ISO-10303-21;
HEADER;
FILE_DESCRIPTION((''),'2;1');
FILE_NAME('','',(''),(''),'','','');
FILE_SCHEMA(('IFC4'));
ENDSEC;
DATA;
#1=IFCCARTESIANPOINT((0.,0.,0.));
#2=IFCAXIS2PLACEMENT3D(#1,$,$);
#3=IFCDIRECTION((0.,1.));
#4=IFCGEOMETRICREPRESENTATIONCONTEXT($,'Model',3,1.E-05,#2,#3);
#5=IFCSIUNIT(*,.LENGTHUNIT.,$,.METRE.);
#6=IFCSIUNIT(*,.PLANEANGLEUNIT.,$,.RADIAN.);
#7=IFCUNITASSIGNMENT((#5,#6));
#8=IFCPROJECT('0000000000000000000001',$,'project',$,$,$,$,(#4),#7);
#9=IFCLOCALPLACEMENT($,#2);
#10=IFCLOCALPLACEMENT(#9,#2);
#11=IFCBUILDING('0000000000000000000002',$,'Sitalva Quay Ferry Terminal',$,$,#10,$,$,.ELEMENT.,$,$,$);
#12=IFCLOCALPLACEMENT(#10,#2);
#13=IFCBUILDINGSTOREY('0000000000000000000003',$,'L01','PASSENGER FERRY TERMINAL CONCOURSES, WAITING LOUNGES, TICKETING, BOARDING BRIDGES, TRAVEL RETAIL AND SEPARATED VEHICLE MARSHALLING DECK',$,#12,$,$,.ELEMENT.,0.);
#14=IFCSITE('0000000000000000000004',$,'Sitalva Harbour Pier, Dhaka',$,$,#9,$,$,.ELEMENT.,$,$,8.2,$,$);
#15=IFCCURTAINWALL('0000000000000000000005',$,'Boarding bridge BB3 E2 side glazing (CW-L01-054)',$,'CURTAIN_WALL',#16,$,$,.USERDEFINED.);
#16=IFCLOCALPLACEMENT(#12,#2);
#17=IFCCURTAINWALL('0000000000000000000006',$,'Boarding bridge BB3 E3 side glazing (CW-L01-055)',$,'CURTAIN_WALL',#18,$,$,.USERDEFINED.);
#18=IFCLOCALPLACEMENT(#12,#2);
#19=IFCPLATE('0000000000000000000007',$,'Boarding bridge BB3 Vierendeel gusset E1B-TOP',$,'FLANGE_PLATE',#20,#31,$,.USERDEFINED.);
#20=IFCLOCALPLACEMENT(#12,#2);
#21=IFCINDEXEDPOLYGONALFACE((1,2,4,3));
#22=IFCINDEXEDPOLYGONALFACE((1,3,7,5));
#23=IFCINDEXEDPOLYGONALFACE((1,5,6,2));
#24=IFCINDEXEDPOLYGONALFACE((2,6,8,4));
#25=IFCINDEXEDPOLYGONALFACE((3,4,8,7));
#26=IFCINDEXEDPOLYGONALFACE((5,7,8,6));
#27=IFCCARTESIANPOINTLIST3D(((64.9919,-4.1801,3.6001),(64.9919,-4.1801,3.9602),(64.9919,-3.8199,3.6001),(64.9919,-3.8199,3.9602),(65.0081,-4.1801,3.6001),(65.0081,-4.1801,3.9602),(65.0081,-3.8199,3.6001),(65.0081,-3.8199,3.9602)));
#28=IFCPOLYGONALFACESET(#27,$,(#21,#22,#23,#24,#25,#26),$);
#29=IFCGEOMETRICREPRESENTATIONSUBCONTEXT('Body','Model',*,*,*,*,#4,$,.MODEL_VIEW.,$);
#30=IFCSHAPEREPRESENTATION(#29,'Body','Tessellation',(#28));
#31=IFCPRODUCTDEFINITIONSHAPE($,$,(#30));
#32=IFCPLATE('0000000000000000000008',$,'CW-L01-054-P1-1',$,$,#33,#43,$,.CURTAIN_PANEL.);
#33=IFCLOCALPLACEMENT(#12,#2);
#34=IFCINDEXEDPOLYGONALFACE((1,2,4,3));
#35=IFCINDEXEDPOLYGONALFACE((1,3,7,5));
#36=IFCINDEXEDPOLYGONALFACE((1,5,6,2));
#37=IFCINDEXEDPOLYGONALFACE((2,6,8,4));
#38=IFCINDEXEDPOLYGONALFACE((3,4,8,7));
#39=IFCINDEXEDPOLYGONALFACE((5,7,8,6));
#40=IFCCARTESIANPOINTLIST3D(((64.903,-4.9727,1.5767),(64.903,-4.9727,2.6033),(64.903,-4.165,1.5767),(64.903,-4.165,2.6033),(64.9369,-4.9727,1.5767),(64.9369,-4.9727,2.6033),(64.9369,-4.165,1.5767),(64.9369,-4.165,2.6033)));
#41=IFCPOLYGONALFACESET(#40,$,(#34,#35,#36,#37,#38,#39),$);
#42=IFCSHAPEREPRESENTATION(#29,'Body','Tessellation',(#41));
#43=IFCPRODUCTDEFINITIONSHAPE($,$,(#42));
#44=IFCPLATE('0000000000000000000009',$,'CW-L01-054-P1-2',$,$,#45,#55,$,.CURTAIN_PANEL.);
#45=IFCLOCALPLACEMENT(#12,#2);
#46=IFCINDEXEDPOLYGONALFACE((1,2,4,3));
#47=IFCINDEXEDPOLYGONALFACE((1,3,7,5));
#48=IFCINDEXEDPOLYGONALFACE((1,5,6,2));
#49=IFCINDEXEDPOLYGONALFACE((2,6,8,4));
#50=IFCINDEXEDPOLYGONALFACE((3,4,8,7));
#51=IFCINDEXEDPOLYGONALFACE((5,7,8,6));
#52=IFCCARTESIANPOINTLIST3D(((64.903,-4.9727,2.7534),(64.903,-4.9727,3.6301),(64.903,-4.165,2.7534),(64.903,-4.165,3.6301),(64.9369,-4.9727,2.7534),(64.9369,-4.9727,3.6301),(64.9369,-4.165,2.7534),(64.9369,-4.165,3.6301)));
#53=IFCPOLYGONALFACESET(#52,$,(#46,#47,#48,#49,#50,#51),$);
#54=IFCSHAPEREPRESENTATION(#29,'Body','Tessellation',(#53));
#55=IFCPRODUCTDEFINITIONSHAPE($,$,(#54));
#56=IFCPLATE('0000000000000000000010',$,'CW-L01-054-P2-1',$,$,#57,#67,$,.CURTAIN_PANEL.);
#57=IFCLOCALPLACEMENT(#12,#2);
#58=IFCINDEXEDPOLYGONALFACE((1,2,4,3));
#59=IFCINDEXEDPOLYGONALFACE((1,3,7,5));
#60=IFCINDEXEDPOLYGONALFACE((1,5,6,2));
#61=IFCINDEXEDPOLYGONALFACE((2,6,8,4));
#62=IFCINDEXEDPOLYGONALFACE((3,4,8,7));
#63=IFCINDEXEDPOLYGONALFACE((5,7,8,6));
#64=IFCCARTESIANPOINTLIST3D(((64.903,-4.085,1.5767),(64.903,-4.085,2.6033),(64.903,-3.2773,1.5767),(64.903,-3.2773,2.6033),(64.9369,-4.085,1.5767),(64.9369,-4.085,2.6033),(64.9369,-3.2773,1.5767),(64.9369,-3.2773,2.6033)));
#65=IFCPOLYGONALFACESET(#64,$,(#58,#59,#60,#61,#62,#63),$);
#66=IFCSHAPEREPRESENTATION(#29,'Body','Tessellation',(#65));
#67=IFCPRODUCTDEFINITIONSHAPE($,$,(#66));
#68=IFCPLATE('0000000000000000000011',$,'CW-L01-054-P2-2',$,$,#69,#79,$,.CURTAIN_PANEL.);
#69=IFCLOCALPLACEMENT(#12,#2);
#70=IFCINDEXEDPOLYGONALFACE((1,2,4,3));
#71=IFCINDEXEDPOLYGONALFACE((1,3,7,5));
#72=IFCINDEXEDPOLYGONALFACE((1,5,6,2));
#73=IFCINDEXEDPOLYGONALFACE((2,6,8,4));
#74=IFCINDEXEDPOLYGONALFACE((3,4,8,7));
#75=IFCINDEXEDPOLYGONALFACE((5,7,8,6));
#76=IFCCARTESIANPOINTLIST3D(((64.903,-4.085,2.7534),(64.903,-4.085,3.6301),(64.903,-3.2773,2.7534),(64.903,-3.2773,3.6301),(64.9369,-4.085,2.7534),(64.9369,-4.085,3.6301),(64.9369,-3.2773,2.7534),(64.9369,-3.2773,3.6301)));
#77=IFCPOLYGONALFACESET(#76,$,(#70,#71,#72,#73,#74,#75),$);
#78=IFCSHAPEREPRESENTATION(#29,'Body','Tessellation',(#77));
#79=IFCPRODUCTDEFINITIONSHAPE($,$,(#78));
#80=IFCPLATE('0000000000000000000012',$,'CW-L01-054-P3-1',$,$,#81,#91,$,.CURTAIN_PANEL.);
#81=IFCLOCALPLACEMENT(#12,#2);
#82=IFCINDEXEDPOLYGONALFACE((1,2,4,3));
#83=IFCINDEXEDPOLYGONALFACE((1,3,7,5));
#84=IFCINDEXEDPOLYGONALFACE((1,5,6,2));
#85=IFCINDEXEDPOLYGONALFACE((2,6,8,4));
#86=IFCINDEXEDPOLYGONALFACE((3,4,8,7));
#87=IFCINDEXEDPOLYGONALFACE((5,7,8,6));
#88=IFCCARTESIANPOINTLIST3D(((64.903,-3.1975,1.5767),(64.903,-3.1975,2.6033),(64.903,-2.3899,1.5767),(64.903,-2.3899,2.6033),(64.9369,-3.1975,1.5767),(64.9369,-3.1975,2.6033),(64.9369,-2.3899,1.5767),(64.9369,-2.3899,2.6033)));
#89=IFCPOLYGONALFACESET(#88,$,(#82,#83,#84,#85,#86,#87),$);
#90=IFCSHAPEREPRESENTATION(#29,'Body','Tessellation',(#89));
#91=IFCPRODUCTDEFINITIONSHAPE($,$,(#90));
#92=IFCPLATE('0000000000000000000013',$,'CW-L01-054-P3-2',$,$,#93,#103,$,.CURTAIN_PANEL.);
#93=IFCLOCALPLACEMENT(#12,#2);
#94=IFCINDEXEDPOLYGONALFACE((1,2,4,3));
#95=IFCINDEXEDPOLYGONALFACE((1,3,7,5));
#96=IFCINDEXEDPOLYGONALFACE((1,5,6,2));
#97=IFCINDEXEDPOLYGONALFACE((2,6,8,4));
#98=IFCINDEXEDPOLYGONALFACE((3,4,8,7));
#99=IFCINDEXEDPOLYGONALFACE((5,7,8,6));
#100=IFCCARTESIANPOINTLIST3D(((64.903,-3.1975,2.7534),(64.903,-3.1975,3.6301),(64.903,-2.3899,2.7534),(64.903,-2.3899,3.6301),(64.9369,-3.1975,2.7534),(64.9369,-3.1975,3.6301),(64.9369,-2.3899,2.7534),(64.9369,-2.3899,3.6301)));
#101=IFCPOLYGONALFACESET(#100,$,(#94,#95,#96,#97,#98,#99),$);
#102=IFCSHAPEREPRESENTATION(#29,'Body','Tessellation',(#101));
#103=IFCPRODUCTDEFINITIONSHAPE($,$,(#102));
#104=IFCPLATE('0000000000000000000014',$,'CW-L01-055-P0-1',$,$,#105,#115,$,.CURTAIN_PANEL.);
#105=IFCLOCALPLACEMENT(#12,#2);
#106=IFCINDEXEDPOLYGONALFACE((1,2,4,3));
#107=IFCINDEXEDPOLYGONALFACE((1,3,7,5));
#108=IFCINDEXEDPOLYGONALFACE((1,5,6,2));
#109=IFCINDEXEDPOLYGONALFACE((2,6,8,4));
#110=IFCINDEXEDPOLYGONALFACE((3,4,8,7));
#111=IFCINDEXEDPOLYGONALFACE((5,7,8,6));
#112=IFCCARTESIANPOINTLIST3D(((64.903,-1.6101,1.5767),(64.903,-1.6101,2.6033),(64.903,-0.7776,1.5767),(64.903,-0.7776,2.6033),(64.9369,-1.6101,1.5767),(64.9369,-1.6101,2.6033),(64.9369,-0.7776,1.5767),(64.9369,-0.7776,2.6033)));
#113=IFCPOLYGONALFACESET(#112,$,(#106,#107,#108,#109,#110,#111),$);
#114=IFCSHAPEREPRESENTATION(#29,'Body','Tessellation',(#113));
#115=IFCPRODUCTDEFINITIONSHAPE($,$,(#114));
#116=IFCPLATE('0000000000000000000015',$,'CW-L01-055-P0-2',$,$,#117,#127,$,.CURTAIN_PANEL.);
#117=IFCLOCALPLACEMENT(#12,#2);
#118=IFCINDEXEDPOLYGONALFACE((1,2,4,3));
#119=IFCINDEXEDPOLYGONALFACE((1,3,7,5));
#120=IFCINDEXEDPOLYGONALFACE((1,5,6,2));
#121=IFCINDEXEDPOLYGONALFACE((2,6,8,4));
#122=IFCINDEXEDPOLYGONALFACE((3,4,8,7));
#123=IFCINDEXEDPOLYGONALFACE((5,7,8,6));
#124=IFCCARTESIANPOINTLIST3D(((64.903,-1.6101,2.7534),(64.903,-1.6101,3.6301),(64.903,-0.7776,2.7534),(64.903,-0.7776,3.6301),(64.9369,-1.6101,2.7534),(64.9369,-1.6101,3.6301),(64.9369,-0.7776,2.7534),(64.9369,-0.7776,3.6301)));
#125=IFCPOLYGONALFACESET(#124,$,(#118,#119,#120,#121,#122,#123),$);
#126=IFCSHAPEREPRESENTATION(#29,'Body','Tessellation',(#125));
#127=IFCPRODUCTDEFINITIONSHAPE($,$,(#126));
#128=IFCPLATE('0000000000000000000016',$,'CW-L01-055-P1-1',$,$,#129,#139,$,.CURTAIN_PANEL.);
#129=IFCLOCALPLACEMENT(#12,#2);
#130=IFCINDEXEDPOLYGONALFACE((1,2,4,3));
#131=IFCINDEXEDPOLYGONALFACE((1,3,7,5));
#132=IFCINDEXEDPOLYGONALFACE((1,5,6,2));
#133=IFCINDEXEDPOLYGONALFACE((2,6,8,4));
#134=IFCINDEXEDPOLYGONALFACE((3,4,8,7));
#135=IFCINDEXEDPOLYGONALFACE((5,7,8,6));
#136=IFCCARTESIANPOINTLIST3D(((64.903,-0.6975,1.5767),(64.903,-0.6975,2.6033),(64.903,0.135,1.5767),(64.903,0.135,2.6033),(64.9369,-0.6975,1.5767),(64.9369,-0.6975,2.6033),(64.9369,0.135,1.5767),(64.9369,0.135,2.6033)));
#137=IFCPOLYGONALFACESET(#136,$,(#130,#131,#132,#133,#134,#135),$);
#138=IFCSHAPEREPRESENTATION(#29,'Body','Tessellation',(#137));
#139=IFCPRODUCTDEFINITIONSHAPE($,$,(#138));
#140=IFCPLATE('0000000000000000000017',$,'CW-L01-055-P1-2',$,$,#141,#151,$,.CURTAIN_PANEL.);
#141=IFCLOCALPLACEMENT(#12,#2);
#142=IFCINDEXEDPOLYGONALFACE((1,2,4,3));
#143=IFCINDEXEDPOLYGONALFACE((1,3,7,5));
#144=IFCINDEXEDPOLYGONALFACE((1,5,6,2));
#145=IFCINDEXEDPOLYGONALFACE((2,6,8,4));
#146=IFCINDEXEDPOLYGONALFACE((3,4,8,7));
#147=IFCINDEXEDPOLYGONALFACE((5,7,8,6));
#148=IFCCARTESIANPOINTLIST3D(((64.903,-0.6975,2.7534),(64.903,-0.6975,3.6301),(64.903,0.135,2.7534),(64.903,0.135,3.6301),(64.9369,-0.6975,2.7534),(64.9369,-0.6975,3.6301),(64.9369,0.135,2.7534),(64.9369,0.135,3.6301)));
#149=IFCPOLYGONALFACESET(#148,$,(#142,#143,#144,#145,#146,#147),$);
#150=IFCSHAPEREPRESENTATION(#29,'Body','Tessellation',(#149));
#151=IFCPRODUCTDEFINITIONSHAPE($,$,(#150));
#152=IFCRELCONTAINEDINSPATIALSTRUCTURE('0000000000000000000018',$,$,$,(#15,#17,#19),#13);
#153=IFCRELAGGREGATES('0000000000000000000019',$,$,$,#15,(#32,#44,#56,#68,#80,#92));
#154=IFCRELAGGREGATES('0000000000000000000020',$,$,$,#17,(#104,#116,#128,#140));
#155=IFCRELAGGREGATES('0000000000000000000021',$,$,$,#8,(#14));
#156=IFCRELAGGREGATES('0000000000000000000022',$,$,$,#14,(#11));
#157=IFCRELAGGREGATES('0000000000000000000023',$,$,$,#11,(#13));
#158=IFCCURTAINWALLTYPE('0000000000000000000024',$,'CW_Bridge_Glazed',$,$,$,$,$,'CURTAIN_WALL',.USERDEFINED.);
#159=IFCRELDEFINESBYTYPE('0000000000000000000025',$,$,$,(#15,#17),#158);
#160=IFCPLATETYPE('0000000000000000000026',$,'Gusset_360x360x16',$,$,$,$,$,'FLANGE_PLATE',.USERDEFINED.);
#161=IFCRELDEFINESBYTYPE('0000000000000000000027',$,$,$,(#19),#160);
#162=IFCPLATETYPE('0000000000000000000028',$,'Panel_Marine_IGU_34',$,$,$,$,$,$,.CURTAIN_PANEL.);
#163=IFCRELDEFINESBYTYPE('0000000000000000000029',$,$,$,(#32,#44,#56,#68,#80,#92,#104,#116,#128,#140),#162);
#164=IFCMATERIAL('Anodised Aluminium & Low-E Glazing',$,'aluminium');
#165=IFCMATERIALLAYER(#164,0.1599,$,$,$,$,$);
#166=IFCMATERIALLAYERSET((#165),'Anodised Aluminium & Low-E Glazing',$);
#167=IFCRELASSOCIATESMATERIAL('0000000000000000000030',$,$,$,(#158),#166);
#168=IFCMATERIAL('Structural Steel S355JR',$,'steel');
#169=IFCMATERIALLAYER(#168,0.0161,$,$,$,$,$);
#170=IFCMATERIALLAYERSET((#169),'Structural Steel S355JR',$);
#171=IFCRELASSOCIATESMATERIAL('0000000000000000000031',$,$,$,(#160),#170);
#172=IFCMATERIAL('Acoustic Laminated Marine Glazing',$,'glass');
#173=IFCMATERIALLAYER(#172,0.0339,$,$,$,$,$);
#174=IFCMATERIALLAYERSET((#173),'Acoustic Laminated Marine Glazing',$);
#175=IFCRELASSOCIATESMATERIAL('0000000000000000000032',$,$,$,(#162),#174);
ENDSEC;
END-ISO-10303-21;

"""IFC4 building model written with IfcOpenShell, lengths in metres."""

from ifc_helpers import new_model, si_unit, direction, frame, origin, origin_2d, place, context, subcontext, project, spatial, rectangle, extrude, material, layer, layer_set, type_object, element, aggregate, save


model = new_model("IFC4")

# Units and contexts
model_context = context("Model", 3, precision=1e-05, world=origin(), true_north=direction((0.0, 1.0)))
body_context = subcontext(model_context, "Body", "Model", "MODEL_VIEW")
ifc_project = project(units=[si_unit("LENGTHUNIT", "METRE"), si_unit("PLANEANGLEUNIT", "RADIAN")], contexts=[model_context])

# Site, building, storey
site_placement = place(None, origin())
site = spatial("IfcSite", under=ifc_project, at=site_placement, Name="Sitalva Harbour Pier, Dhaka", CompositionType="ELEMENT", RefElevation=8.2)
building_placement = place(site_placement, origin())
building = spatial("IfcBuilding", under=site, at=building_placement, Name="Sitalva Quay Ferry Terminal", CompositionType="ELEMENT")
storey_placement = place(building_placement, origin())
storey = spatial("IfcBuildingStorey", under=building, at=storey_placement, Name="L01", Description="PASSENGER FERRY TERMINAL CONCOURSES, WAITING LOUNGES, TICKETING, BOARDING BRIDGES, TRAVEL RETAIL AND SEPARATED VEHICLE MARSHALLING DECK", CompositionType="ELEMENT", Elevation=0.0)

# Curtain walls
ifc_material_1 = material(Name="Anodised Aluminium & Low-E Glazing", Category="aluminium")
ifc_layer_1 = layer(ifc_material_1, 0.1599)
ifc_layer_set_1 = layer_set([ifc_layer_1], Name="Anodised Aluminium & Low-E Glazing")
curtain_wall_type = type_object("IfcCurtainWallType", Name="CW_Bridge_Glazed", ElementType="CURTAIN_WALL", PredefinedType="USERDEFINED", material=ifc_layer_set_1)
curtain_wall_1_placement = place(storey_placement, origin())
curtain_wall_1 = element("IfcCurtainWall", 1, at=curtain_wall_1_placement, inside=storey, type_object=curtain_wall_type, Name="Boarding bridge BB3 E2 side glazing (CW-L01-054)", ObjectType="CURTAIN_WALL", PredefinedType="USERDEFINED")
curtain_wall_2_placement = place(storey_placement, origin())
curtain_wall_2 = element("IfcCurtainWall", 2, at=curtain_wall_2_placement, inside=storey, type_object=curtain_wall_type, Name="Boarding bridge BB3 E3 side glazing (CW-L01-055)", ObjectType="CURTAIN_WALL", PredefinedType="USERDEFINED")

# Plates
ifc_material_2 = material(Name="Structural Steel S355JR", Category="steel")
ifc_layer_2 = layer(ifc_material_2, 0.0161)
ifc_layer_set_2 = layer_set([ifc_layer_2], Name="Structural Steel S355JR")
plate_type_1 = type_object("IfcPlateType", Name="Gusset_360x360x16", ElementType="FLANGE_PLATE", PredefinedType="USERDEFINED", material=ifc_layer_set_2)
plate_1_placement = place(storey_placement, frame((65.0, -4.0, 3.6001), z_axis=(0.0, 0.0, 1.0), x_axis=(1.0, 0.0, 0.0)))
element("IfcPlate", 3, at=plate_1_placement, inside=storey, type_object=plate_type_1, Name="Boarding bridge BB3 Vierendeel gusset E1B-TOP", ObjectType="FLANGE_PLATE", PredefinedType="USERDEFINED", context=body_context, shape_type="SweptSolid", body=[
    extrude(rectangle(XDim=0.0161, YDim=0.3601, at=origin_2d()), origin(), (0.0, 0.0, 1.0), 0.3601),
])
ifc_material_3 = material(Name="Acoustic Laminated Marine Glazing", Category="glass")
ifc_layer_3 = layer(ifc_material_3, 0.0339)
ifc_layer_set_3 = layer_set([ifc_layer_3], Name="Acoustic Laminated Marine Glazing")
plate_type_2 = type_object("IfcPlateType", Name="Panel_Marine_IGU_34", PredefinedType="CURTAIN_PANEL", material=ifc_layer_set_3)
plate_2_placement = place(storey_placement, frame((64.9199, -4.5688, 1.5767), z_axis=(0.0, 0.0, 1.0), x_axis=(0.0, 1.0, 0.0)))
plate_2 = element("IfcPlate", 4, at=plate_2_placement, type_object=plate_type_2, Name="CW-L01-054-P1-1", PredefinedType="CURTAIN_PANEL", context=body_context, shape_type="SweptSolid", body=[
    extrude(rectangle(XDim=0.8076, YDim=0.0339, at=origin_2d()), origin(), (0.0, 0.0, 1.0), 1.0266),
])
plate_3_placement = place(storey_placement, frame((64.9199, -4.5688, 2.7534), z_axis=(0.0, 0.0, 1.0), x_axis=(0.0, 1.0, 0.0)))
plate_3 = element("IfcPlate", 5, at=plate_3_placement, type_object=plate_type_2, Name="CW-L01-054-P1-2", PredefinedType="CURTAIN_PANEL", context=body_context, shape_type="SweptSolid", body=[
    extrude(rectangle(XDim=0.8076, YDim=0.0339, at=origin_2d()), origin(), (0.0, 0.0, 1.0), 0.8767),
])
plate_4_placement = place(storey_placement, frame((64.9199, -3.6812, 1.5767), z_axis=(0.0, 0.0, 1.0), x_axis=(0.0, 1.0, 0.0)))
plate_4 = element("IfcPlate", 6, at=plate_4_placement, type_object=plate_type_2, Name="CW-L01-054-P2-1", PredefinedType="CURTAIN_PANEL", context=body_context, shape_type="SweptSolid", body=[
    extrude(rectangle(XDim=0.8076, YDim=0.0339, at=origin_2d()), origin(), (0.0, 0.0, 1.0), 1.0266),
])
plate_5_placement = place(storey_placement, frame((64.9199, -3.6812, 2.7534), z_axis=(0.0, 0.0, 1.0), x_axis=(0.0, 1.0, 0.0)))
plate_5 = element("IfcPlate", 7, at=plate_5_placement, type_object=plate_type_2, Name="CW-L01-054-P2-2", PredefinedType="CURTAIN_PANEL", context=body_context, shape_type="SweptSolid", body=[
    extrude(rectangle(XDim=0.8076, YDim=0.0339, at=origin_2d()), origin(), (0.0, 0.0, 1.0), 0.8767),
])
plate_6_placement = place(storey_placement, frame((64.9199, -2.7937, 1.5767), z_axis=(0.0, 0.0, 1.0), x_axis=(0.0, 1.0, 0.0)))
plate_6 = element("IfcPlate", 8, at=plate_6_placement, type_object=plate_type_2, Name="CW-L01-054-P3-1", PredefinedType="CURTAIN_PANEL", context=body_context, shape_type="SweptSolid", body=[
    extrude(rectangle(XDim=0.8076, YDim=0.0339, at=origin_2d()), origin(), (0.0, 0.0, 1.0), 1.0266),
])
plate_7_placement = place(storey_placement, frame((64.9199, -2.7937, 2.7534), z_axis=(0.0, 0.0, 1.0), x_axis=(0.0, 1.0, 0.0)))
plate_7 = element("IfcPlate", 9, at=plate_7_placement, type_object=plate_type_2, Name="CW-L01-054-P3-2", PredefinedType="CURTAIN_PANEL", context=body_context, shape_type="SweptSolid", body=[
    extrude(rectangle(XDim=0.8076, YDim=0.0339, at=origin_2d()), origin(), (0.0, 0.0, 1.0), 0.8767),
])
aggregate(curtain_wall_1, [plate_2, plate_3, plate_4, plate_5, plate_6, plate_7])
plate_8_placement = place(storey_placement, frame((64.9199, -1.1938, 1.5767), z_axis=(0.0, 0.0, 1.0), x_axis=(0.0, 1.0, 0.0)))
plate_8 = element("IfcPlate", 10, at=plate_8_placement, type_object=plate_type_2, Name="CW-L01-055-P0-1", PredefinedType="CURTAIN_PANEL", context=body_context, shape_type="SweptSolid", body=[
    extrude(rectangle(XDim=0.8325, YDim=0.0339, at=origin_2d()), origin(), (0.0, 0.0, 1.0), 1.0266),
])
plate_9_placement = place(storey_placement, frame((64.9199, -1.1938, 2.7534), z_axis=(0.0, 0.0, 1.0), x_axis=(0.0, 1.0, 0.0)))
plate_9 = element("IfcPlate", 11, at=plate_9_placement, type_object=plate_type_2, Name="CW-L01-055-P0-2", PredefinedType="CURTAIN_PANEL", context=body_context, shape_type="SweptSolid", body=[
    extrude(rectangle(XDim=0.8325, YDim=0.0339, at=origin_2d()), origin(), (0.0, 0.0, 1.0), 0.8767),
])
plate_10_placement = place(storey_placement, frame((64.9199, -0.2812, 1.5767), z_axis=(0.0, 0.0, 1.0), x_axis=(0.0, 1.0, 0.0)))
plate_10 = element("IfcPlate", 12, at=plate_10_placement, type_object=plate_type_2, Name="CW-L01-055-P1-1", PredefinedType="CURTAIN_PANEL", context=body_context, shape_type="SweptSolid", body=[
    extrude(rectangle(XDim=0.8325, YDim=0.0339, at=origin_2d()), origin(), (0.0, 0.0, 1.0), 1.0266),
])
plate_11_placement = place(storey_placement, frame((64.9199, -0.2812, 2.7534), z_axis=(0.0, 0.0, 1.0), x_axis=(0.0, 1.0, 0.0)))
plate_11 = element("IfcPlate", 13, at=plate_11_placement, type_object=plate_type_2, Name="CW-L01-055-P1-2", PredefinedType="CURTAIN_PANEL", context=body_context, shape_type="SweptSolid", body=[
    extrude(rectangle(XDim=0.8325, YDim=0.0339, at=origin_2d()), origin(), (0.0, 0.0, 1.0), 0.8767),
])
aggregate(curtain_wall_2, [plate_8, plate_9, plate_10, plate_11])

save(model, "model.ifc")
